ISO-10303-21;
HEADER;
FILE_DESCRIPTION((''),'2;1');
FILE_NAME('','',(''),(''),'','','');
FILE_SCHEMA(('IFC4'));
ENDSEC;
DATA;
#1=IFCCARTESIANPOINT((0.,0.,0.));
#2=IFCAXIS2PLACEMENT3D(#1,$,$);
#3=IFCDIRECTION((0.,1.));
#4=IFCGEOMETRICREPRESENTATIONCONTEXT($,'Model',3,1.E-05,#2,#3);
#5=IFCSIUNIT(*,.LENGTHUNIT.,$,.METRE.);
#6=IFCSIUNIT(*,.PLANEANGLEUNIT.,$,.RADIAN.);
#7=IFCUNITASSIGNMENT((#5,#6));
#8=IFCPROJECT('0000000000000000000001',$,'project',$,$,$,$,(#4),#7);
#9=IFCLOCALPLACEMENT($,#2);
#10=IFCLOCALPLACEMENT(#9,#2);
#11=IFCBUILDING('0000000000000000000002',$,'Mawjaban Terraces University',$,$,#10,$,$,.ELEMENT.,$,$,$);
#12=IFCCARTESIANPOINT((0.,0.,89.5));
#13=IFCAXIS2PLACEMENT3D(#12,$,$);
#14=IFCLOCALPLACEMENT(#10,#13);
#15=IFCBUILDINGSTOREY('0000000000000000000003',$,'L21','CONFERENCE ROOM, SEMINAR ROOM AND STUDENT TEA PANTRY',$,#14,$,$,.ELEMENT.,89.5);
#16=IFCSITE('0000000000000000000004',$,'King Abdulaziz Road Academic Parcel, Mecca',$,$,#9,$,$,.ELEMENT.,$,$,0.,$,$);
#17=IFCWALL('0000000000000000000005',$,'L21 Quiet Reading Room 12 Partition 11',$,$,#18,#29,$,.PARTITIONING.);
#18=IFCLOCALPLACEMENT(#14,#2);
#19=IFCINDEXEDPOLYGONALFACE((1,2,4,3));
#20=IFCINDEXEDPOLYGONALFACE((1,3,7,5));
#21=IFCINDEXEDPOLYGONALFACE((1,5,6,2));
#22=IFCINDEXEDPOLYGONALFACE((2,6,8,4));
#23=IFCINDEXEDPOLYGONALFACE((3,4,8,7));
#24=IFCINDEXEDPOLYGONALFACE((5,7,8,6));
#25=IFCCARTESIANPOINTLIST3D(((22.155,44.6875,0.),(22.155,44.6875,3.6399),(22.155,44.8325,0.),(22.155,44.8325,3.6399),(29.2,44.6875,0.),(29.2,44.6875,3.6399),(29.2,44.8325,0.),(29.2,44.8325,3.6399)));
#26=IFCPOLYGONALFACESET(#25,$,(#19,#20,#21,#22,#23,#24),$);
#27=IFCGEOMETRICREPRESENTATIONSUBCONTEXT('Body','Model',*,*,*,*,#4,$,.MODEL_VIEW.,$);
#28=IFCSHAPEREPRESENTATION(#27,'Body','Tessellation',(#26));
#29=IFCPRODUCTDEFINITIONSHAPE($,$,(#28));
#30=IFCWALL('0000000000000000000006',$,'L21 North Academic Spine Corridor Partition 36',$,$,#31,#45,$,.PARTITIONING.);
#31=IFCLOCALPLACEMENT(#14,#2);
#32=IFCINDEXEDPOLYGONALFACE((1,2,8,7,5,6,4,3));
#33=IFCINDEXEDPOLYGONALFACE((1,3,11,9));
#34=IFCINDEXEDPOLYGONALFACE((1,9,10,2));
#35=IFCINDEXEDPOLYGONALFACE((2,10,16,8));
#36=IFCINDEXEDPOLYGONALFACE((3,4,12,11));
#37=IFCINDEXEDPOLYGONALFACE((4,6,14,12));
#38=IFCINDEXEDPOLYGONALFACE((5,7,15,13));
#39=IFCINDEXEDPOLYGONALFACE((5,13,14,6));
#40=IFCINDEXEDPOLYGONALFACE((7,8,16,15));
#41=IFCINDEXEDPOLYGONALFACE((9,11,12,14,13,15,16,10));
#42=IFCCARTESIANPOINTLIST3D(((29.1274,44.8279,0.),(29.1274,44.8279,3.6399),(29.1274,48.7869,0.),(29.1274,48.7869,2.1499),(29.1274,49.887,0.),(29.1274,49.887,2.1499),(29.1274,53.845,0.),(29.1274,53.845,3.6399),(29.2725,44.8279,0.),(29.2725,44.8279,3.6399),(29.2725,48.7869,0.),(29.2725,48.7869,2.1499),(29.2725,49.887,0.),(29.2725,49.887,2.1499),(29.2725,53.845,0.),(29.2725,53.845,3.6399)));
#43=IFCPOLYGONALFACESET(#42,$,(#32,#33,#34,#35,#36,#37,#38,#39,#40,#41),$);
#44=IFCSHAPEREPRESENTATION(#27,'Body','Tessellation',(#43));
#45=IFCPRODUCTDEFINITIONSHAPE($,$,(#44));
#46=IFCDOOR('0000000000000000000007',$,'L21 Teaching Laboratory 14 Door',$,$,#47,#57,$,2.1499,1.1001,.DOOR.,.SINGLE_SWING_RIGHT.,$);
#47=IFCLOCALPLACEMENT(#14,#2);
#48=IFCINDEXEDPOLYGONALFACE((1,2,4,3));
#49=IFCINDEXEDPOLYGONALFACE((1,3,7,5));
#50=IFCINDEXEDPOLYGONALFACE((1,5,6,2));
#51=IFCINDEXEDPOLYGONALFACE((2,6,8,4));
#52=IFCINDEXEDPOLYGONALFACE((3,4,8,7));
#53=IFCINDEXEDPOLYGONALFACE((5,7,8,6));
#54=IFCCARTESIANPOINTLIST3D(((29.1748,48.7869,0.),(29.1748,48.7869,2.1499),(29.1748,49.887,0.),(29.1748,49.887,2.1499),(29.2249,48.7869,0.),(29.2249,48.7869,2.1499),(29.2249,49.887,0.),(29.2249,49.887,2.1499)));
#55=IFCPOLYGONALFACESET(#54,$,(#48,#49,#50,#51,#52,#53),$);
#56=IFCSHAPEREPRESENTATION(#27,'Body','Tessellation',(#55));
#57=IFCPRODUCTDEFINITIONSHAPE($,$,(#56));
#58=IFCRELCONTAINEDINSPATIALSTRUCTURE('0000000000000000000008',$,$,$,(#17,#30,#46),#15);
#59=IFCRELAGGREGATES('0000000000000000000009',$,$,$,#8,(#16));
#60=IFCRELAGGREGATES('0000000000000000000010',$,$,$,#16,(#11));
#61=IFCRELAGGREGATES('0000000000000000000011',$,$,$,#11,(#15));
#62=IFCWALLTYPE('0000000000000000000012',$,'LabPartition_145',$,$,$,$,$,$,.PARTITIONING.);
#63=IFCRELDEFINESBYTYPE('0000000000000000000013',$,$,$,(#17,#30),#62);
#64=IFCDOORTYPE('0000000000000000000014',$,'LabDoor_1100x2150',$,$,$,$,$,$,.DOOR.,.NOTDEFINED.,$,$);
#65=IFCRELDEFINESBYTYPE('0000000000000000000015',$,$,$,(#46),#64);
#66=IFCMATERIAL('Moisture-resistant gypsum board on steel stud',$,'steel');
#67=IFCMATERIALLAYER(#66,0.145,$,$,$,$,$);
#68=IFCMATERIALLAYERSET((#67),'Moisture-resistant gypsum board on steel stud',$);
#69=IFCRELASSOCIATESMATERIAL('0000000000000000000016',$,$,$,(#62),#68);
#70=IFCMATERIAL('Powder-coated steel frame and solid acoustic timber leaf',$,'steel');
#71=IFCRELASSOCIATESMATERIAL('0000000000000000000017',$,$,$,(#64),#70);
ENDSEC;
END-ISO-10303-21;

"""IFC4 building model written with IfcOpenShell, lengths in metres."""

from ifc_helpers import new_model, si_unit, direction, frame, frame_2d, origin, place, context, subcontext, project, spatial, rectangle, extrude, material, layer, layer_set, type_object, element, fill, save


model = new_model("IFC4")

# Units and contexts
model_context = context("Model", 3, precision=1e-05, world=origin(), true_north=direction((0.0, 1.0)))
body_context = subcontext(model_context, "Body", "Model", "MODEL_VIEW")
ifc_project = project(units=[si_unit("LENGTHUNIT", "METRE"), si_unit("PLANEANGLEUNIT", "RADIAN")], contexts=[model_context])

# Site, building, storey
site_placement = place(None, origin())
site = spatial("IfcSite", under=ifc_project, at=site_placement, Name="King Abdulaziz Road Academic Parcel, Mecca", CompositionType="ELEMENT", RefElevation=0.0)
building_placement = place(site_placement, origin())
building = spatial("IfcBuilding", under=site, at=building_placement, Name="Mawjaban Terraces University", CompositionType="ELEMENT")
storey_placement = place(building_placement, frame((0.0, 0.0, 89.5)))
storey = spatial("IfcBuildingStorey", under=building, at=storey_placement, Name="L21", Description="CONFERENCE ROOM, SEMINAR ROOM AND STUDENT TEA PANTRY", CompositionType="ELEMENT", Elevation=89.5)

# Shared definitions
ifc_material_1 = material(Name="Powder-coated steel frame and solid acoustic timber leaf", Category="steel")

# Wall
ifc_material_2 = material(Name="Moisture-resistant gypsum board on steel stud", Category="steel")
ifc_layer_1 = layer(ifc_material_2, 0.145)
ifc_layer_set_1 = layer_set([ifc_layer_1], Name="Moisture-resistant gypsum board on steel stud")
wall_type_1 = type_object("IfcWallType", Name="LabPartition_145", PredefinedType="PARTITIONING", material=ifc_layer_set_1)
wall_1_placement = place(storey_placement, frame((29.2, 44.76, 0.0), z_axis=(0.0, 0.0, 1.0), x_axis=(-1.0, 0.0, 0.0)))
element("IfcWall", 1, at=wall_1_placement, inside=storey, type_object=wall_type_1, Name="L21 Quiet Reading Room 12 Partition 11", PredefinedType="PARTITIONING", context=body_context, shape_type="SweptSolid", body=[
    extrude(rectangle(XDim=7.0449, YDim=0.145, at=frame_2d((3.5225, 0.0))), origin(), (0.0, 0.0, 1.0), 3.6399),
])

# Wall, opening, door
wall_2_placement = place(storey_placement, frame((29.2, 53.845, 0.0), z_axis=(0.0, 0.0, 1.0), x_axis=(0.0, -1.0, 0.0)))
wall_2 = element("IfcWall", 2, at=wall_2_placement, inside=storey, type_object=wall_type_1, Name="L21 North Academic Spine Corridor Partition 36", PredefinedType="PARTITIONING", context=body_context, shape_type="SweptSolid", body=[
    extrude(rectangle(XDim=9.0171, YDim=0.145, at=frame_2d((4.5085, 0.0))), origin(), (0.0, 0.0, 1.0), 3.6399),
])
opening_1_placement = place(wall_2_placement, frame((3.958, 0.0, 0.0)))
opening_1 = element("IfcOpeningElement", 3, at=opening_1_placement, cuts=wall_2, PredefinedType="OPENING", context=body_context, shape_type="SweptSolid", body=[
    extrude(rectangle(XDim=1.1001, YDim=2.1499, at=frame_2d((0.55, 1.075))), frame((0.0, 0.0825, 0.0), z_axis=(0.0, -1.0, 0.0), x_axis=(1.0, 0.0, 0.0)), (0.0, 0.0, 1.0), 0.165),
])
door_type_1 = type_object("IfcDoorType", Name="LabDoor_1100x2150", OperationType="NOTDEFINED", PredefinedType="DOOR", material=ifc_material_1)
door_1_placement = place(opening_1_placement, origin())
door_1 = element("IfcDoor", 4, at=door_1_placement, inside=storey, type_object=door_type_1, Name="L21 Teaching Laboratory 14 Door", OperationType="SINGLE_SWING_RIGHT", OverallHeight=2.1499, OverallWidth=1.1001, PredefinedType="DOOR", context=body_context, shape_type="SweptSolid", body=[
    extrude(rectangle(XDim=1.1001, YDim=2.1499, at=frame_2d((0.55, 1.075))), frame((0.0, 0.0249, 0.0), z_axis=(0.0, -1.0, 0.0), x_axis=(1.0, 0.0, 0.0)), (0.0, 0.0, 1.0), 0.05),
])
fill(opening_1, door_1)

save(model, "model.ifc")
